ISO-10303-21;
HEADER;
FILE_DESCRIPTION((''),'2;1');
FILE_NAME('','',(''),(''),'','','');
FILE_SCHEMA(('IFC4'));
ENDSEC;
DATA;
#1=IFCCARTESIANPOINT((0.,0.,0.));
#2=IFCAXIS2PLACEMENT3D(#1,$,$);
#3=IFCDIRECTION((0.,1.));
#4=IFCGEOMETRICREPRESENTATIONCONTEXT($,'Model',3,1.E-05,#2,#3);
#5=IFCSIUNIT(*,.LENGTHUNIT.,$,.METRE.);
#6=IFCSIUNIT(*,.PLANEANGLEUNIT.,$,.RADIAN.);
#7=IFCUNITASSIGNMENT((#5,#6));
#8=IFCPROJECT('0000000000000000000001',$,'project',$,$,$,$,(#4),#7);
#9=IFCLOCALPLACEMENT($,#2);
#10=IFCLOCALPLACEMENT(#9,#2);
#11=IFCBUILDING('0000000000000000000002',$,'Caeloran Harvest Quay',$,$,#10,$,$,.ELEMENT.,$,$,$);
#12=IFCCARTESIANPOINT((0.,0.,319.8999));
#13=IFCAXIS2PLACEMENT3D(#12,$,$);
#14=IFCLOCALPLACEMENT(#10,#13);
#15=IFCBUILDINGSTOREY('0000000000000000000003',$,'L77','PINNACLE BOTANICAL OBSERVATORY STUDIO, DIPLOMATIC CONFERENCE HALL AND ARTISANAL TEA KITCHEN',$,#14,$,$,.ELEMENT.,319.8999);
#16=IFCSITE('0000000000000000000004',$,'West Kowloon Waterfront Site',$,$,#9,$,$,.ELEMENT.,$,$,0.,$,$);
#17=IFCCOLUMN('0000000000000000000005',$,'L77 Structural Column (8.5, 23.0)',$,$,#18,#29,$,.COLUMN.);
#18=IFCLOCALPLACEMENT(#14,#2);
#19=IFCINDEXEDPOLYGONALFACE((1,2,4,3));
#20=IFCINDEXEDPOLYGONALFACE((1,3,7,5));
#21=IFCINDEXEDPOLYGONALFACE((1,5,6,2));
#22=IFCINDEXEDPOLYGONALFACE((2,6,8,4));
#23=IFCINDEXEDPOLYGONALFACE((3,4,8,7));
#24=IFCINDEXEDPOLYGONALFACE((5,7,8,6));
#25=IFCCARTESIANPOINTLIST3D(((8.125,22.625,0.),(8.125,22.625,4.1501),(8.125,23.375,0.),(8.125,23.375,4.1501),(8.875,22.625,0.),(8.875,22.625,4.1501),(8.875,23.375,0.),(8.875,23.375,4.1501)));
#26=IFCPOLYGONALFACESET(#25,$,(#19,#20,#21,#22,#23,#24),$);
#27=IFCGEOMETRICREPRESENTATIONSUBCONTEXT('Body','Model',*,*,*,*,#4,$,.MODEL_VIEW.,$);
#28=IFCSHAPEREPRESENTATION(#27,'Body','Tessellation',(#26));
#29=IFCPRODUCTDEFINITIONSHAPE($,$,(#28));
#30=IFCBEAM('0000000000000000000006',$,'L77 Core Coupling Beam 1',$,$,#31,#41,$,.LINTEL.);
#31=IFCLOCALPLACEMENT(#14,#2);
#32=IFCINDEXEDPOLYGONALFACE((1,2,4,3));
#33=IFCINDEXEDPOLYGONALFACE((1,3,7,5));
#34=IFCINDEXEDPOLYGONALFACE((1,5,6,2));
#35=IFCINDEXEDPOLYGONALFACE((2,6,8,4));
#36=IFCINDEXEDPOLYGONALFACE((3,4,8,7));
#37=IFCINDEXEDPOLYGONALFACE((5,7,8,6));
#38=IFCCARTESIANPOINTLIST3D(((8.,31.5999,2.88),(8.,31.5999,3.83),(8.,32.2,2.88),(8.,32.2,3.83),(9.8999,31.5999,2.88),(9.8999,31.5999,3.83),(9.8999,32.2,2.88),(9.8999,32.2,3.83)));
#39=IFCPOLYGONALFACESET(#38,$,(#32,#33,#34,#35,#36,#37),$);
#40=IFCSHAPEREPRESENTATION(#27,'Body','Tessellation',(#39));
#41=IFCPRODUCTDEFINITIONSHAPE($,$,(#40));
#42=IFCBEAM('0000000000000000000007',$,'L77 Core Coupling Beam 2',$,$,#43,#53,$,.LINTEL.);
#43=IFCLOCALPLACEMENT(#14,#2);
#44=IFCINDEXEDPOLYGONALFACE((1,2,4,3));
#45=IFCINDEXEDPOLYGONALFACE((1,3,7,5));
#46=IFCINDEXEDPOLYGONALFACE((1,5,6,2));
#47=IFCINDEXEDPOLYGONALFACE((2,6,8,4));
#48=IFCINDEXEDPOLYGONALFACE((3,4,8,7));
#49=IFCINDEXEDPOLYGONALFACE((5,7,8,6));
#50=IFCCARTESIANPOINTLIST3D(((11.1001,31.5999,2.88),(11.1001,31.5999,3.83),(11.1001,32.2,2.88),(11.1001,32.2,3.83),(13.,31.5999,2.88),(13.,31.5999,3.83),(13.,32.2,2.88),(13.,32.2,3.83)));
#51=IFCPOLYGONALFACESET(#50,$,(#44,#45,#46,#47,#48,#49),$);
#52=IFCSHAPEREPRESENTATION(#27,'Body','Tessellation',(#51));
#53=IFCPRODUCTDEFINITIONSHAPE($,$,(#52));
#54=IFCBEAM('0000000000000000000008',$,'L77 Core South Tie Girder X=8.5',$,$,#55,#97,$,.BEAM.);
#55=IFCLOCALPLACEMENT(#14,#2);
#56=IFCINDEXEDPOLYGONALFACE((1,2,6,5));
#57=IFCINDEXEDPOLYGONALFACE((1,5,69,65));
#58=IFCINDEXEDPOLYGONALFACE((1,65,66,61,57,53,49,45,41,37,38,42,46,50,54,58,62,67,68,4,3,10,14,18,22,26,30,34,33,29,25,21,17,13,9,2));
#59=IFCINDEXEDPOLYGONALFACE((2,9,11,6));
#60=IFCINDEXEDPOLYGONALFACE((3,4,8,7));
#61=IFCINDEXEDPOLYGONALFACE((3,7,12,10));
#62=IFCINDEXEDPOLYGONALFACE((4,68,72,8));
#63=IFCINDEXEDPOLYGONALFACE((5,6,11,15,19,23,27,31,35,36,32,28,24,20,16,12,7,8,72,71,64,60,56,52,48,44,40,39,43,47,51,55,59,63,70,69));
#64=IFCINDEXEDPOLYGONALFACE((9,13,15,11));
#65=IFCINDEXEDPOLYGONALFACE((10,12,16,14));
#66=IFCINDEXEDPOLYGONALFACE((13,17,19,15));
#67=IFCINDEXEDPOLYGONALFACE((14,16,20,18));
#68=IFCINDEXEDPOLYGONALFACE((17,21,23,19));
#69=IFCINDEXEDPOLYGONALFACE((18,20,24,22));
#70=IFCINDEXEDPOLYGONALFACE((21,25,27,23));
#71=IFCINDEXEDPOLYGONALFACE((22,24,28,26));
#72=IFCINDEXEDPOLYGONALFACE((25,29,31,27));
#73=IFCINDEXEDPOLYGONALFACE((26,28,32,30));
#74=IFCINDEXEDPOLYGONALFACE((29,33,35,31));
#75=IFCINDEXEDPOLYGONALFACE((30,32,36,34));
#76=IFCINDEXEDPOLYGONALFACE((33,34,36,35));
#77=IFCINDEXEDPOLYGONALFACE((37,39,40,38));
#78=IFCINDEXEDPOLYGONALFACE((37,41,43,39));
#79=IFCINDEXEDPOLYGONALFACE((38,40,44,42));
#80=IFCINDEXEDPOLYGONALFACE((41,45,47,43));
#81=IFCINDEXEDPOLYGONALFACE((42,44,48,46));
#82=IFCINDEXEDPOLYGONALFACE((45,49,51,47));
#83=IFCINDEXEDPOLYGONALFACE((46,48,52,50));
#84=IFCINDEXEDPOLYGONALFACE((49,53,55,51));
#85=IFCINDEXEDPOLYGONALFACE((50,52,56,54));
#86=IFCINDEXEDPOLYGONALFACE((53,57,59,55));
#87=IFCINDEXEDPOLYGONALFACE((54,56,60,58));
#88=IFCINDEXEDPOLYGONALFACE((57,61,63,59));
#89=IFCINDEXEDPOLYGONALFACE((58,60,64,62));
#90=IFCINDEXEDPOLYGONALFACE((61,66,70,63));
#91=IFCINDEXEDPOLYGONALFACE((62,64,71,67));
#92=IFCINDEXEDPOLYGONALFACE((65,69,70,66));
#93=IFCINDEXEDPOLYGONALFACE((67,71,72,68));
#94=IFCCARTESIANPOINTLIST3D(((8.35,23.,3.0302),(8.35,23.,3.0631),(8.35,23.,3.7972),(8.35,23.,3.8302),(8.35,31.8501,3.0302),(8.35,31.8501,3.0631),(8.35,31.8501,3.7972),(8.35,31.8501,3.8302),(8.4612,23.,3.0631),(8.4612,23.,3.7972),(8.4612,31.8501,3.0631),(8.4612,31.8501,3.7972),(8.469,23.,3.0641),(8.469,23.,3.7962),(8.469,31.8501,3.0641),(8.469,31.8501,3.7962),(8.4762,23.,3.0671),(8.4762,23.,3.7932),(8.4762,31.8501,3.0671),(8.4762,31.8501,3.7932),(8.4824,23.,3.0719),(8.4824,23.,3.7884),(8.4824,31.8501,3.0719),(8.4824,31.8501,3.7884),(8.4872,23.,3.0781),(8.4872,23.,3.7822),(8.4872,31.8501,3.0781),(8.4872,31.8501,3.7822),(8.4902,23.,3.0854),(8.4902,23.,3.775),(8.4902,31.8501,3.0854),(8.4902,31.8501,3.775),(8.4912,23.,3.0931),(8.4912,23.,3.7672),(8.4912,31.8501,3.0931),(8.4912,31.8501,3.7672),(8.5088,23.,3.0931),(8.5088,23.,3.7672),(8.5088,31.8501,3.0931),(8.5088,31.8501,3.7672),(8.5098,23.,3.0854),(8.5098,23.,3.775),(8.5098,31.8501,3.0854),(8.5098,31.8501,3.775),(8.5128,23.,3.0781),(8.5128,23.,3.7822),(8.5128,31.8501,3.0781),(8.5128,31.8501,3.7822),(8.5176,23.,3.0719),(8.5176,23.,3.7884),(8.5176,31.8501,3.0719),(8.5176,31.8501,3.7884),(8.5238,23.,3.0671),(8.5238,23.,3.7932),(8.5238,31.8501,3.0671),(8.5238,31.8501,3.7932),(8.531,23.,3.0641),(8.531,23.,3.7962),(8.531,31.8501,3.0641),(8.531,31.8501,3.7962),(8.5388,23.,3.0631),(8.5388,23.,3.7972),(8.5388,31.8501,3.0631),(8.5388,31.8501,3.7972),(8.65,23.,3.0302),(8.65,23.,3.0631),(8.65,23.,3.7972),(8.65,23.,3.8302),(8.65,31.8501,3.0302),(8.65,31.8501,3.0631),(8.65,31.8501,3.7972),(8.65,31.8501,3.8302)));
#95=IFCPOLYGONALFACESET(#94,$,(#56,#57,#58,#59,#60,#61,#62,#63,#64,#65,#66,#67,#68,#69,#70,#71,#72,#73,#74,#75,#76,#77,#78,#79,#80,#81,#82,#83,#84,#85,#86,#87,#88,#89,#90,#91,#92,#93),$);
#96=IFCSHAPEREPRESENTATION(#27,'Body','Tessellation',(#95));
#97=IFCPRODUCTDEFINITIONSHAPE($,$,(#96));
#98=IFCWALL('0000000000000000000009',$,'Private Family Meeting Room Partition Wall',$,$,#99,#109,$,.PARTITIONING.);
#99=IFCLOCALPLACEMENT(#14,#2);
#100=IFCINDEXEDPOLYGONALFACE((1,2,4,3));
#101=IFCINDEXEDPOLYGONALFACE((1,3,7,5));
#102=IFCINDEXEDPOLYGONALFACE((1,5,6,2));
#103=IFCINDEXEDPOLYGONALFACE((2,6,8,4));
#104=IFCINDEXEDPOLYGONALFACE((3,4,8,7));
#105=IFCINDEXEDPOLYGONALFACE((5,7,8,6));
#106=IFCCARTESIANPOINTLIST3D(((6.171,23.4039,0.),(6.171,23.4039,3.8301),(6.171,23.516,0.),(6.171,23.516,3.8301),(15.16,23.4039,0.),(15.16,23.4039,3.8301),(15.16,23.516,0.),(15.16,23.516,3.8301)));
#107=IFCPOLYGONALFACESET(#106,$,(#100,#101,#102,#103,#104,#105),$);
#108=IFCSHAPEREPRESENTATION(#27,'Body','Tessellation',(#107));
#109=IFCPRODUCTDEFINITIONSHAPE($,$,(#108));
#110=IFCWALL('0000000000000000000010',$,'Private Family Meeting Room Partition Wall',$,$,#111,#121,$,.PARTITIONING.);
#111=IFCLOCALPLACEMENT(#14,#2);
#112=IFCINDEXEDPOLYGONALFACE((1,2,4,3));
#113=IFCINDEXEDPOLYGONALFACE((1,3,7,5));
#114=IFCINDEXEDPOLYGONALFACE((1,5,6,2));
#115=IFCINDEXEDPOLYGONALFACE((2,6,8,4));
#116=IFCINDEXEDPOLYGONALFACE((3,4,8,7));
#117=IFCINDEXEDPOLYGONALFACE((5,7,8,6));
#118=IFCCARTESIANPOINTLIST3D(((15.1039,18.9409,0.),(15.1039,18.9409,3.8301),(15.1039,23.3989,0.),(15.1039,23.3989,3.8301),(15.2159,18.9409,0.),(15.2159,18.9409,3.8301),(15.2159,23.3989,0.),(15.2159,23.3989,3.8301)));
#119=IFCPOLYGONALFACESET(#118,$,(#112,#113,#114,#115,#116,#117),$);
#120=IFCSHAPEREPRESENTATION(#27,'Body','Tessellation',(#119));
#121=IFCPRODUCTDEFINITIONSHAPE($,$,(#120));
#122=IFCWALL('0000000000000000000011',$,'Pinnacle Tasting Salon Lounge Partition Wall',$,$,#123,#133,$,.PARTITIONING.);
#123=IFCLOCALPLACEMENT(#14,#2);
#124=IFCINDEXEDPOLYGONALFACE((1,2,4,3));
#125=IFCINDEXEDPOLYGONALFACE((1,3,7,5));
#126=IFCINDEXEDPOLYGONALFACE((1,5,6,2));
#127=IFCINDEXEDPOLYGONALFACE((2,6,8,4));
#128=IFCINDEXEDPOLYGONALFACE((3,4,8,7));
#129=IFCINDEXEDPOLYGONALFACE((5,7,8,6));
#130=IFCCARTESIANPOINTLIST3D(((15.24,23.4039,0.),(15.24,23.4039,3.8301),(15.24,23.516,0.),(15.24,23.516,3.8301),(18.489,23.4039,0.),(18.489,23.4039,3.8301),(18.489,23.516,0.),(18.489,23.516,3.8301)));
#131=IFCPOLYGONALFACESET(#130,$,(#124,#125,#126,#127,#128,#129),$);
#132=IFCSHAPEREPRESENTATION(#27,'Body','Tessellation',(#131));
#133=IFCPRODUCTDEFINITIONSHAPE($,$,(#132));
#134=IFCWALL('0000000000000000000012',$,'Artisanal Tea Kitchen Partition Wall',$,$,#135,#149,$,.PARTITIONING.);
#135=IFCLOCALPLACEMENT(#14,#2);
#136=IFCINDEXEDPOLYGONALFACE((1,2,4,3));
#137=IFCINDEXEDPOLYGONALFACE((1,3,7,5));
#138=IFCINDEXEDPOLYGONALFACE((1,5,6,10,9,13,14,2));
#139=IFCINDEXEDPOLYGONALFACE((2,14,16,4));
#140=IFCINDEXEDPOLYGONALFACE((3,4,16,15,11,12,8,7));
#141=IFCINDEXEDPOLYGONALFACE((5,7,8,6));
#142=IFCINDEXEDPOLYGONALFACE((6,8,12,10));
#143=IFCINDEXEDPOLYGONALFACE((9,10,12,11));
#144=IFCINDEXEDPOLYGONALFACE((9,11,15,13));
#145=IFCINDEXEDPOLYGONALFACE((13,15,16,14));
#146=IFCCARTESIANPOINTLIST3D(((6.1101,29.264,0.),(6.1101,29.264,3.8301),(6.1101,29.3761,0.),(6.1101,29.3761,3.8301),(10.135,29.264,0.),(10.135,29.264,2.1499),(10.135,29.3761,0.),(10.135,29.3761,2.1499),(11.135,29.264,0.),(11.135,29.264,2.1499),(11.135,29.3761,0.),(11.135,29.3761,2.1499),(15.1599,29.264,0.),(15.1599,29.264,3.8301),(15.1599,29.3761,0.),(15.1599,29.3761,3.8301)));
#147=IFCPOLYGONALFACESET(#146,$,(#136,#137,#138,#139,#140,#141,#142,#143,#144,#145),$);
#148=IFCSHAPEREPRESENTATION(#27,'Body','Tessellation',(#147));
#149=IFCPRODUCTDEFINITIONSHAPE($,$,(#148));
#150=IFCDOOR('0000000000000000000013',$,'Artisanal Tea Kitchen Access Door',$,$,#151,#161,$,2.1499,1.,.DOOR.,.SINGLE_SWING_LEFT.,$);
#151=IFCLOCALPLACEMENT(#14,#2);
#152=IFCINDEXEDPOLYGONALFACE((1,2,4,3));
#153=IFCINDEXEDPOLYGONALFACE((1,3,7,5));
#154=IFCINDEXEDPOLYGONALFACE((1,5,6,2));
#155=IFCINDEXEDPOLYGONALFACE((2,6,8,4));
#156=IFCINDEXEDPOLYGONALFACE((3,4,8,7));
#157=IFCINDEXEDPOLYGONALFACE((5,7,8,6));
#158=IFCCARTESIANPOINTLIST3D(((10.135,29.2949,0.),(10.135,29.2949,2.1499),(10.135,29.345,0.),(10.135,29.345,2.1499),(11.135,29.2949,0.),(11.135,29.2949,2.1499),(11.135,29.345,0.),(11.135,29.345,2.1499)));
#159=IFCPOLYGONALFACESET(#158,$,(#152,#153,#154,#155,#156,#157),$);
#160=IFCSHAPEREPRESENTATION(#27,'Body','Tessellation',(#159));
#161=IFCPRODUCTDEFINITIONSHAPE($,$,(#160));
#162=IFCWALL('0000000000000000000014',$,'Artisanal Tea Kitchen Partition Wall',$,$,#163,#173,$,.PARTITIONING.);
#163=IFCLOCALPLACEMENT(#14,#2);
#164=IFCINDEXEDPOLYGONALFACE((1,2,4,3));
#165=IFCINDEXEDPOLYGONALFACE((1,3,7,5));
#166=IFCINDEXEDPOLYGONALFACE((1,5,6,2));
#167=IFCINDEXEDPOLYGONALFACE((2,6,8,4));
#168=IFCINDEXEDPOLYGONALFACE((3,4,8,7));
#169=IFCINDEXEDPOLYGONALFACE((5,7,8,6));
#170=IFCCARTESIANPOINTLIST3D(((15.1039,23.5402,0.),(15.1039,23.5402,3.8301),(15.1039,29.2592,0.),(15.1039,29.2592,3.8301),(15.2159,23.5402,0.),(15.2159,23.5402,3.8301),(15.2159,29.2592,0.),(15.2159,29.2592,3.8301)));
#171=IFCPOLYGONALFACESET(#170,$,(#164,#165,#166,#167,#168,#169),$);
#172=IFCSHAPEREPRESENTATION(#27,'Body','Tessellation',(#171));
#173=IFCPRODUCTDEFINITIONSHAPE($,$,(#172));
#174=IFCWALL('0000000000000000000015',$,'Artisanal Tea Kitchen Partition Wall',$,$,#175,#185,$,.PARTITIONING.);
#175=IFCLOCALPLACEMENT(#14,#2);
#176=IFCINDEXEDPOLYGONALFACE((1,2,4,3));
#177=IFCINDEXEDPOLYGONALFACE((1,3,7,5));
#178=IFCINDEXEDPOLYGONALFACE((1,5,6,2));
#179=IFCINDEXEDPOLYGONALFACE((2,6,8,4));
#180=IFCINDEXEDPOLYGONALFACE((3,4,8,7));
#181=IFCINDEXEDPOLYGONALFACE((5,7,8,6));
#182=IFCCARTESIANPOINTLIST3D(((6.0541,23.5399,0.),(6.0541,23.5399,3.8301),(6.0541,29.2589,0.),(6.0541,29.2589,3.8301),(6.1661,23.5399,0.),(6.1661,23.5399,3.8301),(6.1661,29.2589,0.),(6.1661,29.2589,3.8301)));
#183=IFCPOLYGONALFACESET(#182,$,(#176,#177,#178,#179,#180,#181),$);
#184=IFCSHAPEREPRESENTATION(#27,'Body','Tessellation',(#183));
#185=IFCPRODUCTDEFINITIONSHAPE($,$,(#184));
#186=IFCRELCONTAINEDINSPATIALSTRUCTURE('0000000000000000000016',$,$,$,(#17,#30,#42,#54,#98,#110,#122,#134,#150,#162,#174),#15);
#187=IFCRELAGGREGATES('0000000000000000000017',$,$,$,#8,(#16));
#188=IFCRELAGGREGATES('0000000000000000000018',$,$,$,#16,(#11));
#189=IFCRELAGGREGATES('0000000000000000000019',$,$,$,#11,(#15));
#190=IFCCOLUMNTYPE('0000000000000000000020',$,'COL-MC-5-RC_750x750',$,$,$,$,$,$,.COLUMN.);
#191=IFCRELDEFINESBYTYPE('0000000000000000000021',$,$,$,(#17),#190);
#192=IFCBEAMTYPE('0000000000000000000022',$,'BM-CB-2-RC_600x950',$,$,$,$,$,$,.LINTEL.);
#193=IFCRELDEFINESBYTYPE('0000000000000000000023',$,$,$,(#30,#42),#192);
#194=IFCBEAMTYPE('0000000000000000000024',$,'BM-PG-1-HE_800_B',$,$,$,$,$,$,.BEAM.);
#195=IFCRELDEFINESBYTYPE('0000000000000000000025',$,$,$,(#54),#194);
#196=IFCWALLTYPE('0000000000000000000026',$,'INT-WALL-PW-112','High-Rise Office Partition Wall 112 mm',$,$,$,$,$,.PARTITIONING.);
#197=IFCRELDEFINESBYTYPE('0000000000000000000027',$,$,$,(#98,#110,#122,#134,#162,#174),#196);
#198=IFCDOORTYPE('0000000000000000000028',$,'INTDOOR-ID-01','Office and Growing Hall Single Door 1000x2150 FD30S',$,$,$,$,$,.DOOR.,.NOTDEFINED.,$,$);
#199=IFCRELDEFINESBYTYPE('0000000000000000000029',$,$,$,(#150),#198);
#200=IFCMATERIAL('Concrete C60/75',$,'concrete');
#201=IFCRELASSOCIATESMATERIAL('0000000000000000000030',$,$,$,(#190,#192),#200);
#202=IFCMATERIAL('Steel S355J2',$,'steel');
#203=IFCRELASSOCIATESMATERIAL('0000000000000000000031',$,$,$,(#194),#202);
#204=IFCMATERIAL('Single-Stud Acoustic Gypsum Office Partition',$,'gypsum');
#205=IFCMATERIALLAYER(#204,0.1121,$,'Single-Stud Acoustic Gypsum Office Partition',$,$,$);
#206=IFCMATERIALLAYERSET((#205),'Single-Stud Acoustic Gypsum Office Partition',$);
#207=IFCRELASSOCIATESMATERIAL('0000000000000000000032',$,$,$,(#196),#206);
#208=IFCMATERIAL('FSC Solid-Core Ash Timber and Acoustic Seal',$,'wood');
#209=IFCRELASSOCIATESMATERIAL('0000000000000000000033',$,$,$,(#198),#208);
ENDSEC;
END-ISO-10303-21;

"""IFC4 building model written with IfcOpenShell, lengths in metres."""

from ifc_helpers import new_model, si_unit, direction, frame, frame_2d, origin, origin_2d, place, context, subcontext, project, spatial, rectangle, i_section, extrude, material, layer, layer_set, material_profile, profile_set, type_object, element, fill, save


model = new_model("IFC4")

# Units and contexts
model_context = context("Model", 3, precision=1e-05, world=origin(), true_north=direction((0.0, 1.0)))
body_context = subcontext(model_context, "Body", "Model", "MODEL_VIEW")
ifc_project = project(units=[si_unit("LENGTHUNIT", "METRE"), si_unit("PLANEANGLEUNIT", "RADIAN")], contexts=[model_context])

# Site, building, storey
site_placement = place(None, origin())
site = spatial("IfcSite", under=ifc_project, at=site_placement, Name="West Kowloon Waterfront Site", CompositionType="ELEMENT", RefElevation=0.0)
building_placement = place(site_placement, origin())
building = spatial("IfcBuilding", under=site, at=building_placement, Name="Caeloran Harvest Quay", CompositionType="ELEMENT")
storey_placement = place(building_placement, frame((0.0, 0.0, 319.8999)))
storey = spatial("IfcBuildingStorey", under=building, at=storey_placement, Name="L77", Description="PINNACLE BOTANICAL OBSERVATORY STUDIO, DIPLOMATIC CONFERENCE HALL AND ARTISANAL TEA KITCHEN", CompositionType="ELEMENT", Elevation=319.8999)

# Column
ifc_material_1 = material(Name="Concrete C60/75", Category="concrete")
ifc_material_profile_1 = material_profile(ifc_material_1, rectangle(XDim=0.75, YDim=0.75, at=origin_2d()), Name="RC 750x750")
ifc_profile_set_1 = profile_set([ifc_material_profile_1], Name="Concrete C60/75")
column_type = type_object("IfcColumnType", Name="COL-MC-5-RC_750x750", PredefinedType="COLUMN", material=ifc_profile_set_1)
column_placement = place(storey_placement, frame((8.5, 23.0, 0.0), z_axis=(0.0, 0.0, 1.0), x_axis=(1.0, 0.0, 0.0)))
element("IfcColumn", 1, at=column_placement, inside=storey, type_object=column_type, Name="L77 Structural Column (8.5, 23.0)", PredefinedType="COLUMN", context=body_context, shape_type="SweptSolid", body=[
    extrude(rectangle(XDim=0.75, YDim=0.75, at=origin_2d()), origin(), (0.0, 0.0, 1.0), 4.1501),
])

# Beams
ifc_material_profile_2 = material_profile(ifc_material_1, rectangle(XDim=0.6001, YDim=0.95, at=origin_2d()), Name="RC 600x950")
ifc_profile_set_2 = profile_set([ifc_material_profile_2], Name="Concrete C60/75")
beam_type_1 = type_object("IfcBeamType", Name="BM-CB-2-RC_600x950", PredefinedType="LINTEL", material=ifc_profile_set_2)
for number, where, z_axis, x_axis, name in (
    (2, (8.0, 31.8999, 3.355), (1.0, 0.0, 0.0), (0.0, 1.0, 0.0), "L77 Core Coupling Beam 1"),
    (3, (11.1001, 31.8999, 3.355), (1.0, 0.0, 0.0), (0.0, 1.0, 0.0), "L77 Core Coupling Beam 2"),
):
    element("IfcBeam", number, at=place(storey_placement, frame(where, z_axis=z_axis, x_axis=x_axis)), inside=storey, type_object=beam_type_1, Name=name, PredefinedType="LINTEL", context=body_context, shape_type="SweptSolid", body=[
        extrude(rectangle(XDim=0.6001, YDim=0.95, at=origin_2d()), origin(), (0.0, 0.0, 1.0), 1.8999),
    ])
ifc_material_2 = material(Name="Steel S355J2", Category="steel")
ifc_material_profile_3 = material_profile(ifc_material_2, i_section(OverallWidth=0.3, OverallDepth=0.8, WebThickness=0.0176, FlangeThickness=0.033, FilletRadius=0.03, at=origin_2d()), Name="HE 800 B")
ifc_profile_set_3 = profile_set([ifc_material_profile_3], Name="Steel S355J2")
beam_type_2 = type_object("IfcBeamType", Name="BM-PG-1-HE_800_B", PredefinedType="BEAM", material=ifc_profile_set_3)
beam_placement = place(storey_placement, frame((8.5, 23.0, 3.4302), z_axis=(0.0, 1.0, 0.0), x_axis=(-1.0, 0.0, 0.0)))
element("IfcBeam", 4, at=beam_placement, inside=storey, type_object=beam_type_2, Name="L77 Core South Tie Girder X=8.5", PredefinedType="BEAM", context=body_context, shape_type="SweptSolid", body=[
    extrude(i_section(OverallWidth=0.3, OverallDepth=0.8, WebThickness=0.0176, FlangeThickness=0.033, FilletRadius=0.03, at=origin_2d()), origin(), (0.0, 0.0, 1.0), 8.8501),
])

# Walls
ifc_material_3 = material(Name="Single-Stud Acoustic Gypsum Office Partition", Category="gypsum")
ifc_layer_1 = layer(ifc_material_3, 0.1121, Name="Single-Stud Acoustic Gypsum Office Partition")
ifc_layer_set_1 = layer_set([ifc_layer_1], Name="Single-Stud Acoustic Gypsum Office Partition")
wall_type_1 = type_object("IfcWallType", Name="INT-WALL-PW-112", Description="High-Rise Office Partition Wall 112 mm", PredefinedType="PARTITIONING", material=ifc_layer_set_1)
wall_1_placement = place(storey_placement, frame((6.1709, 23.46, 0.0), z_axis=(0.0, 0.0, 1.0), x_axis=(1.0, 0.0, 0.0)))
element("IfcWall", 5, at=wall_1_placement, inside=storey, type_object=wall_type_1, Name="Private Family Meeting Room Partition Wall", PredefinedType="PARTITIONING", context=body_context, shape_type="SweptSolid", body=[
    extrude(rectangle(XDim=8.989, YDim=0.1121, at=frame_2d((4.4946, 0.0))), origin(), (0.0, 0.0, 1.0), 3.8301),
])
wall_2_placement = place(storey_placement, frame((15.1599, 23.3989, 0.0), z_axis=(0.0, 0.0, 1.0), x_axis=(0.0, -1.0, 0.0)))
element("IfcWall", 6, at=wall_2_placement, inside=storey, type_object=wall_type_1, Name="Private Family Meeting Room Partition Wall", PredefinedType="PARTITIONING", context=body_context, shape_type="SweptSolid", body=[
    extrude(rectangle(XDim=4.458, YDim=0.1121, at=frame_2d((2.229, 0.0))), origin(), (0.0, 0.0, 1.0), 3.8301),
])
wall_3_placement = place(storey_placement, frame((15.24, 23.46, 0.0), z_axis=(0.0, 0.0, 1.0), x_axis=(1.0, 0.0, 0.0)))
element("IfcWall", 7, at=wall_3_placement, inside=storey, type_object=wall_type_1, Name="Pinnacle Tasting Salon Lounge Partition Wall", PredefinedType="PARTITIONING", context=body_context, shape_type="SweptSolid", body=[
    extrude(rectangle(XDim=3.249, YDim=0.1121, at=frame_2d((1.6245, 0.0))), origin(), (0.0, 0.0, 1.0), 3.8301),
])

# Wall, opening, door
wall_4_placement = place(storey_placement, frame((6.1101, 29.3201, 0.0), z_axis=(0.0, 0.0, 1.0), x_axis=(1.0, 0.0, 0.0)))
wall_4 = element("IfcWall", 8, at=wall_4_placement, inside=storey, type_object=wall_type_1, Name="Artisanal Tea Kitchen Partition Wall", PredefinedType="PARTITIONING", context=body_context, shape_type="SweptSolid", body=[
    extrude(rectangle(XDim=9.0498, YDim=0.1121, at=frame_2d((4.5249, 0.0))), origin(), (0.0, 0.0, 1.0), 3.8301),
])
opening_1_placement = place(wall_4_placement, frame((4.0249, 0.0, 0.0)))
opening_1 = element("IfcOpeningElement", 9, at=opening_1_placement, cuts=wall_4, PredefinedType="OPENING", context=body_context, shape_type="SweptSolid", body=[
    extrude(rectangle(XDim=1.0, YDim=2.1499, at=frame_2d((0.5, 1.075))), frame((0.0, 0.0659, 0.0), z_axis=(0.0, -1.0, 0.0), x_axis=(1.0, 0.0, 0.0)), (0.0, 0.0, 1.0), 0.1321),
])
ifc_material_4 = material(Name="FSC Solid-Core Ash Timber and Acoustic Seal", Category="wood")
door_type_1 = type_object("IfcDoorType", Name="INTDOOR-ID-01", Description="Office and Growing Hall Single Door 1000x2150 FD30S", OperationType="NOTDEFINED", PredefinedType="DOOR", material=ifc_material_4)
door_1_placement = place(opening_1_placement, origin())
door_1 = element("IfcDoor", 10, at=door_1_placement, inside=storey, type_object=door_type_1, Name="Artisanal Tea Kitchen Access Door", OperationType="SINGLE_SWING_LEFT", OverallHeight=2.1499, OverallWidth=1.0, PredefinedType="DOOR", context=body_context, shape_type="SweptSolid", body=[
    extrude(rectangle(XDim=1.0, YDim=2.1499, at=frame_2d((0.5, 1.075))), frame((0.0, 0.0249, 0.0), z_axis=(0.0, -1.0, 0.0), x_axis=(1.0, 0.0, 0.0)), (0.0, 0.0, 1.0), 0.05),
])
fill(opening_1, door_1)

# Walls
for number, where, z_axis, x_axis, name in (
    (11, (15.1599, 29.259, 0.0), (0.0, 0.0, 1.0), (0.0, -1.0, 0.0), "Artisanal Tea Kitchen Partition Wall"),
    (12, (6.1101, 23.54, 0.0), (0.0, 0.0, 1.0), (0.0, 1.0, 0.0), "Artisanal Tea Kitchen Partition Wall"),
):
    element("IfcWall", number, at=place(storey_placement, frame(where, z_axis=z_axis, x_axis=x_axis)), inside=storey, type_object=wall_type_1, Name=name, PredefinedType="PARTITIONING", context=body_context, shape_type="SweptSolid", body=[
        extrude(rectangle(XDim=5.719, YDim=0.1121, at=frame_2d((2.8594, 0.0))), origin(), (0.0, 0.0, 1.0), 3.8301),
    ])

save(model, "model.ifc")
